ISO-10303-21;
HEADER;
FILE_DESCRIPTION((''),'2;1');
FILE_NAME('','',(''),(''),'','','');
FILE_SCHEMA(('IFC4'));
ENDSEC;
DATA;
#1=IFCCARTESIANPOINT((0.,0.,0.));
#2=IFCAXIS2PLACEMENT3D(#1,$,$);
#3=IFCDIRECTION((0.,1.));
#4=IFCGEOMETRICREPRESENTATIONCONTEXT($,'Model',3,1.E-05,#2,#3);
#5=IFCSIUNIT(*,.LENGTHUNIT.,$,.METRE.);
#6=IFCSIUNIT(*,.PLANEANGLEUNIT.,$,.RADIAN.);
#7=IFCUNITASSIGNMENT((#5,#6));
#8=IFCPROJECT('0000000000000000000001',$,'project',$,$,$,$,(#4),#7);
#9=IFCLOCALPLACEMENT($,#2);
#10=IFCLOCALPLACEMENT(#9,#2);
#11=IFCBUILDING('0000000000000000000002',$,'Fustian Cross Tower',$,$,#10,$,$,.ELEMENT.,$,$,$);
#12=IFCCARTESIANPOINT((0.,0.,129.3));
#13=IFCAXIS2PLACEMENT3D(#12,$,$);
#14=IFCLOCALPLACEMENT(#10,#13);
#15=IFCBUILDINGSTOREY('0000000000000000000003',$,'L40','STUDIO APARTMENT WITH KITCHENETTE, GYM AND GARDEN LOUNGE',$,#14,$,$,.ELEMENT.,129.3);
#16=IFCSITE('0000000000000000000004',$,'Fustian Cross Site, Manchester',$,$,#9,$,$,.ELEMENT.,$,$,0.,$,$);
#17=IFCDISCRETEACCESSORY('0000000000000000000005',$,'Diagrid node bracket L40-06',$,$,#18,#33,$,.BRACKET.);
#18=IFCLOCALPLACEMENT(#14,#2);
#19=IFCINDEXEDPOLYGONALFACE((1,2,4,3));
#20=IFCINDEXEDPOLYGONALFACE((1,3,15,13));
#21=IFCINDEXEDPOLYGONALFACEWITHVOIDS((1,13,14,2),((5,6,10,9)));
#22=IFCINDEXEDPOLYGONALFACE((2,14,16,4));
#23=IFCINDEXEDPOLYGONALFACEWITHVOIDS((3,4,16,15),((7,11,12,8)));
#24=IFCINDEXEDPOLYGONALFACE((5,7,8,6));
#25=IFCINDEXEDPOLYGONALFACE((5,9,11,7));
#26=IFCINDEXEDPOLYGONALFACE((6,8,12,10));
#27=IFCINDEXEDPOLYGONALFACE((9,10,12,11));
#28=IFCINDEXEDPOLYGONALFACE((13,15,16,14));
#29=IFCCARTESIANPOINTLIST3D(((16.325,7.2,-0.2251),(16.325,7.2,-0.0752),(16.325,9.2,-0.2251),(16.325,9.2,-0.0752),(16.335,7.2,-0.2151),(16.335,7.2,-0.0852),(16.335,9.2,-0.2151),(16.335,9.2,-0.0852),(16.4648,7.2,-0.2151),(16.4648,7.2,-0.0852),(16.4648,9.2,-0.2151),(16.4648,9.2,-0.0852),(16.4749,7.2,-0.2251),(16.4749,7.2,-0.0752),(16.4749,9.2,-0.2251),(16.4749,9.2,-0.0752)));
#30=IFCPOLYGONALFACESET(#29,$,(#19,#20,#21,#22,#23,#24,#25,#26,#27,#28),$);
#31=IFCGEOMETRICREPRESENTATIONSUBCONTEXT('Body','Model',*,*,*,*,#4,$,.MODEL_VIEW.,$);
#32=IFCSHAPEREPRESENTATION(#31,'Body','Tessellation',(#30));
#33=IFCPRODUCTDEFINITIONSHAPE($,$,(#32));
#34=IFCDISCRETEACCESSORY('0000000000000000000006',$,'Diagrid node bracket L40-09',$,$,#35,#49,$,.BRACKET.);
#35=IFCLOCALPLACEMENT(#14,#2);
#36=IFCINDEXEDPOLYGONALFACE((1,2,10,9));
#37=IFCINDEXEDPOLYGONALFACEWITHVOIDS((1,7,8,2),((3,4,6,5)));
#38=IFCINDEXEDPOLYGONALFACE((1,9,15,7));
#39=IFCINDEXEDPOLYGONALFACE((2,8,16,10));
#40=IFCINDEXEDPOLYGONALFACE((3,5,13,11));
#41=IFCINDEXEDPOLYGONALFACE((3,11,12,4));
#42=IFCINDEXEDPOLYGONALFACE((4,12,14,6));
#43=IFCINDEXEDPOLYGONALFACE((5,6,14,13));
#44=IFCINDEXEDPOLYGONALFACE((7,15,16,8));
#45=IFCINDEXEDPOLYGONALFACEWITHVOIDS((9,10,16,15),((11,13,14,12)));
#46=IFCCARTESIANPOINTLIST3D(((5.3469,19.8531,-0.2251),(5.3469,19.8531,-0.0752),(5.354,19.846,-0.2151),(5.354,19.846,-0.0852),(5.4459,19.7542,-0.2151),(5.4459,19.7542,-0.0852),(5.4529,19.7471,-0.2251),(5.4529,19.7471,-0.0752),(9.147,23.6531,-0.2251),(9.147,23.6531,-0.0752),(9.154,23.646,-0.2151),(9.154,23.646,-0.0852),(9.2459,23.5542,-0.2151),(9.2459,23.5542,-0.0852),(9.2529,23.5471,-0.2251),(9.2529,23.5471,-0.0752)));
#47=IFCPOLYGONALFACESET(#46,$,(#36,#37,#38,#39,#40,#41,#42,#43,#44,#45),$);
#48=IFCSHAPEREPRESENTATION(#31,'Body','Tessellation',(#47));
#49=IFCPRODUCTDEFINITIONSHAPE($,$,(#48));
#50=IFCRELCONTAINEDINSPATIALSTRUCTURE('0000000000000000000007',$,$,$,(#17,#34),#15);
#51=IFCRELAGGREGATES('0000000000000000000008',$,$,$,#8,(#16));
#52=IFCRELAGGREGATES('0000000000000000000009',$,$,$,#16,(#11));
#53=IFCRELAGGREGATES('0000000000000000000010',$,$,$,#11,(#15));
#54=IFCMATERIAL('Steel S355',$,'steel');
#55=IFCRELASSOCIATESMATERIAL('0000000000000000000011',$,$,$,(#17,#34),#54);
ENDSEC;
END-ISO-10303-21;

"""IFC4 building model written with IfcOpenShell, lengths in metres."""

from ifc_helpers import new_model, si_unit, direction, frame, origin, origin_2d, place, context, subcontext, project, spatial, hollow_rectangle, extrude, material, element, save


model = new_model("IFC4")

# Units and contexts
model_context = context("Model", 3, precision=1e-05, world=origin(), true_north=direction((0.0, 1.0)))
body_context = subcontext(model_context, "Body", "Model", "MODEL_VIEW")
ifc_project = project(units=[si_unit("LENGTHUNIT", "METRE"), si_unit("PLANEANGLEUNIT", "RADIAN")], contexts=[model_context])

# Site, building, storey
site_placement = place(None, origin())
site = spatial("IfcSite", under=ifc_project, at=site_placement, Name="Fustian Cross Site, Manchester", CompositionType="ELEMENT", RefElevation=0.0)
building_placement = place(site_placement, origin())
building = spatial("IfcBuilding", under=site, at=building_placement, Name="Fustian Cross Tower", CompositionType="ELEMENT")
storey_placement = place(building_placement, frame((0.0, 0.0, 129.3)))
storey = spatial("IfcBuildingStorey", under=building, at=storey_placement, Name="L40", Description="STUDIO APARTMENT WITH KITCHENETTE, GYM AND GARDEN LOUNGE", CompositionType="ELEMENT", Elevation=129.3)

# Discrete accessories
ifc_material_1 = material(Name="Steel S355", Category="steel")
for number, where, z_axis, x_axis, name in (
    (1, (16.3999, 9.2, -0.1501), (0.0, -1.0, 0.0), (1.0, 0.0, 0.0), "Diagrid node bracket L40-06"),
):
    element("IfcDiscreteAccessory", number, at=place(storey_placement, frame(where, z_axis=z_axis, x_axis=x_axis)), inside=storey, material=ifc_material_1, Name=name, PredefinedType="BRACKET", context=body_context, shape_type="SweptSolid", body=[
        extrude(hollow_rectangle(XDim=0.1499, YDim=0.1499, WallThickness=0.01, at=origin_2d()), origin(), (0.0, 0.0, 1.0), 2.0),
    ])
discrete_accessory_placement = place(storey_placement, frame((9.2, 23.6001, -0.1501), z_axis=(-0.707107, -0.707107, 0.0), x_axis=(0.707107, -0.707107, 0.0)))
element("IfcDiscreteAccessory", 2, at=discrete_accessory_placement, inside=storey, material=ifc_material_1, Name="Diagrid node bracket L40-09", PredefinedType="BRACKET", context=body_context, shape_type="SweptSolid", body=[
    extrude(hollow_rectangle(XDim=0.1499, YDim=0.1499, WallThickness=0.01, at=origin_2d()), origin(), (0.0, 0.0, 1.0), 5.374),
])

save(model, "model.ifc")
